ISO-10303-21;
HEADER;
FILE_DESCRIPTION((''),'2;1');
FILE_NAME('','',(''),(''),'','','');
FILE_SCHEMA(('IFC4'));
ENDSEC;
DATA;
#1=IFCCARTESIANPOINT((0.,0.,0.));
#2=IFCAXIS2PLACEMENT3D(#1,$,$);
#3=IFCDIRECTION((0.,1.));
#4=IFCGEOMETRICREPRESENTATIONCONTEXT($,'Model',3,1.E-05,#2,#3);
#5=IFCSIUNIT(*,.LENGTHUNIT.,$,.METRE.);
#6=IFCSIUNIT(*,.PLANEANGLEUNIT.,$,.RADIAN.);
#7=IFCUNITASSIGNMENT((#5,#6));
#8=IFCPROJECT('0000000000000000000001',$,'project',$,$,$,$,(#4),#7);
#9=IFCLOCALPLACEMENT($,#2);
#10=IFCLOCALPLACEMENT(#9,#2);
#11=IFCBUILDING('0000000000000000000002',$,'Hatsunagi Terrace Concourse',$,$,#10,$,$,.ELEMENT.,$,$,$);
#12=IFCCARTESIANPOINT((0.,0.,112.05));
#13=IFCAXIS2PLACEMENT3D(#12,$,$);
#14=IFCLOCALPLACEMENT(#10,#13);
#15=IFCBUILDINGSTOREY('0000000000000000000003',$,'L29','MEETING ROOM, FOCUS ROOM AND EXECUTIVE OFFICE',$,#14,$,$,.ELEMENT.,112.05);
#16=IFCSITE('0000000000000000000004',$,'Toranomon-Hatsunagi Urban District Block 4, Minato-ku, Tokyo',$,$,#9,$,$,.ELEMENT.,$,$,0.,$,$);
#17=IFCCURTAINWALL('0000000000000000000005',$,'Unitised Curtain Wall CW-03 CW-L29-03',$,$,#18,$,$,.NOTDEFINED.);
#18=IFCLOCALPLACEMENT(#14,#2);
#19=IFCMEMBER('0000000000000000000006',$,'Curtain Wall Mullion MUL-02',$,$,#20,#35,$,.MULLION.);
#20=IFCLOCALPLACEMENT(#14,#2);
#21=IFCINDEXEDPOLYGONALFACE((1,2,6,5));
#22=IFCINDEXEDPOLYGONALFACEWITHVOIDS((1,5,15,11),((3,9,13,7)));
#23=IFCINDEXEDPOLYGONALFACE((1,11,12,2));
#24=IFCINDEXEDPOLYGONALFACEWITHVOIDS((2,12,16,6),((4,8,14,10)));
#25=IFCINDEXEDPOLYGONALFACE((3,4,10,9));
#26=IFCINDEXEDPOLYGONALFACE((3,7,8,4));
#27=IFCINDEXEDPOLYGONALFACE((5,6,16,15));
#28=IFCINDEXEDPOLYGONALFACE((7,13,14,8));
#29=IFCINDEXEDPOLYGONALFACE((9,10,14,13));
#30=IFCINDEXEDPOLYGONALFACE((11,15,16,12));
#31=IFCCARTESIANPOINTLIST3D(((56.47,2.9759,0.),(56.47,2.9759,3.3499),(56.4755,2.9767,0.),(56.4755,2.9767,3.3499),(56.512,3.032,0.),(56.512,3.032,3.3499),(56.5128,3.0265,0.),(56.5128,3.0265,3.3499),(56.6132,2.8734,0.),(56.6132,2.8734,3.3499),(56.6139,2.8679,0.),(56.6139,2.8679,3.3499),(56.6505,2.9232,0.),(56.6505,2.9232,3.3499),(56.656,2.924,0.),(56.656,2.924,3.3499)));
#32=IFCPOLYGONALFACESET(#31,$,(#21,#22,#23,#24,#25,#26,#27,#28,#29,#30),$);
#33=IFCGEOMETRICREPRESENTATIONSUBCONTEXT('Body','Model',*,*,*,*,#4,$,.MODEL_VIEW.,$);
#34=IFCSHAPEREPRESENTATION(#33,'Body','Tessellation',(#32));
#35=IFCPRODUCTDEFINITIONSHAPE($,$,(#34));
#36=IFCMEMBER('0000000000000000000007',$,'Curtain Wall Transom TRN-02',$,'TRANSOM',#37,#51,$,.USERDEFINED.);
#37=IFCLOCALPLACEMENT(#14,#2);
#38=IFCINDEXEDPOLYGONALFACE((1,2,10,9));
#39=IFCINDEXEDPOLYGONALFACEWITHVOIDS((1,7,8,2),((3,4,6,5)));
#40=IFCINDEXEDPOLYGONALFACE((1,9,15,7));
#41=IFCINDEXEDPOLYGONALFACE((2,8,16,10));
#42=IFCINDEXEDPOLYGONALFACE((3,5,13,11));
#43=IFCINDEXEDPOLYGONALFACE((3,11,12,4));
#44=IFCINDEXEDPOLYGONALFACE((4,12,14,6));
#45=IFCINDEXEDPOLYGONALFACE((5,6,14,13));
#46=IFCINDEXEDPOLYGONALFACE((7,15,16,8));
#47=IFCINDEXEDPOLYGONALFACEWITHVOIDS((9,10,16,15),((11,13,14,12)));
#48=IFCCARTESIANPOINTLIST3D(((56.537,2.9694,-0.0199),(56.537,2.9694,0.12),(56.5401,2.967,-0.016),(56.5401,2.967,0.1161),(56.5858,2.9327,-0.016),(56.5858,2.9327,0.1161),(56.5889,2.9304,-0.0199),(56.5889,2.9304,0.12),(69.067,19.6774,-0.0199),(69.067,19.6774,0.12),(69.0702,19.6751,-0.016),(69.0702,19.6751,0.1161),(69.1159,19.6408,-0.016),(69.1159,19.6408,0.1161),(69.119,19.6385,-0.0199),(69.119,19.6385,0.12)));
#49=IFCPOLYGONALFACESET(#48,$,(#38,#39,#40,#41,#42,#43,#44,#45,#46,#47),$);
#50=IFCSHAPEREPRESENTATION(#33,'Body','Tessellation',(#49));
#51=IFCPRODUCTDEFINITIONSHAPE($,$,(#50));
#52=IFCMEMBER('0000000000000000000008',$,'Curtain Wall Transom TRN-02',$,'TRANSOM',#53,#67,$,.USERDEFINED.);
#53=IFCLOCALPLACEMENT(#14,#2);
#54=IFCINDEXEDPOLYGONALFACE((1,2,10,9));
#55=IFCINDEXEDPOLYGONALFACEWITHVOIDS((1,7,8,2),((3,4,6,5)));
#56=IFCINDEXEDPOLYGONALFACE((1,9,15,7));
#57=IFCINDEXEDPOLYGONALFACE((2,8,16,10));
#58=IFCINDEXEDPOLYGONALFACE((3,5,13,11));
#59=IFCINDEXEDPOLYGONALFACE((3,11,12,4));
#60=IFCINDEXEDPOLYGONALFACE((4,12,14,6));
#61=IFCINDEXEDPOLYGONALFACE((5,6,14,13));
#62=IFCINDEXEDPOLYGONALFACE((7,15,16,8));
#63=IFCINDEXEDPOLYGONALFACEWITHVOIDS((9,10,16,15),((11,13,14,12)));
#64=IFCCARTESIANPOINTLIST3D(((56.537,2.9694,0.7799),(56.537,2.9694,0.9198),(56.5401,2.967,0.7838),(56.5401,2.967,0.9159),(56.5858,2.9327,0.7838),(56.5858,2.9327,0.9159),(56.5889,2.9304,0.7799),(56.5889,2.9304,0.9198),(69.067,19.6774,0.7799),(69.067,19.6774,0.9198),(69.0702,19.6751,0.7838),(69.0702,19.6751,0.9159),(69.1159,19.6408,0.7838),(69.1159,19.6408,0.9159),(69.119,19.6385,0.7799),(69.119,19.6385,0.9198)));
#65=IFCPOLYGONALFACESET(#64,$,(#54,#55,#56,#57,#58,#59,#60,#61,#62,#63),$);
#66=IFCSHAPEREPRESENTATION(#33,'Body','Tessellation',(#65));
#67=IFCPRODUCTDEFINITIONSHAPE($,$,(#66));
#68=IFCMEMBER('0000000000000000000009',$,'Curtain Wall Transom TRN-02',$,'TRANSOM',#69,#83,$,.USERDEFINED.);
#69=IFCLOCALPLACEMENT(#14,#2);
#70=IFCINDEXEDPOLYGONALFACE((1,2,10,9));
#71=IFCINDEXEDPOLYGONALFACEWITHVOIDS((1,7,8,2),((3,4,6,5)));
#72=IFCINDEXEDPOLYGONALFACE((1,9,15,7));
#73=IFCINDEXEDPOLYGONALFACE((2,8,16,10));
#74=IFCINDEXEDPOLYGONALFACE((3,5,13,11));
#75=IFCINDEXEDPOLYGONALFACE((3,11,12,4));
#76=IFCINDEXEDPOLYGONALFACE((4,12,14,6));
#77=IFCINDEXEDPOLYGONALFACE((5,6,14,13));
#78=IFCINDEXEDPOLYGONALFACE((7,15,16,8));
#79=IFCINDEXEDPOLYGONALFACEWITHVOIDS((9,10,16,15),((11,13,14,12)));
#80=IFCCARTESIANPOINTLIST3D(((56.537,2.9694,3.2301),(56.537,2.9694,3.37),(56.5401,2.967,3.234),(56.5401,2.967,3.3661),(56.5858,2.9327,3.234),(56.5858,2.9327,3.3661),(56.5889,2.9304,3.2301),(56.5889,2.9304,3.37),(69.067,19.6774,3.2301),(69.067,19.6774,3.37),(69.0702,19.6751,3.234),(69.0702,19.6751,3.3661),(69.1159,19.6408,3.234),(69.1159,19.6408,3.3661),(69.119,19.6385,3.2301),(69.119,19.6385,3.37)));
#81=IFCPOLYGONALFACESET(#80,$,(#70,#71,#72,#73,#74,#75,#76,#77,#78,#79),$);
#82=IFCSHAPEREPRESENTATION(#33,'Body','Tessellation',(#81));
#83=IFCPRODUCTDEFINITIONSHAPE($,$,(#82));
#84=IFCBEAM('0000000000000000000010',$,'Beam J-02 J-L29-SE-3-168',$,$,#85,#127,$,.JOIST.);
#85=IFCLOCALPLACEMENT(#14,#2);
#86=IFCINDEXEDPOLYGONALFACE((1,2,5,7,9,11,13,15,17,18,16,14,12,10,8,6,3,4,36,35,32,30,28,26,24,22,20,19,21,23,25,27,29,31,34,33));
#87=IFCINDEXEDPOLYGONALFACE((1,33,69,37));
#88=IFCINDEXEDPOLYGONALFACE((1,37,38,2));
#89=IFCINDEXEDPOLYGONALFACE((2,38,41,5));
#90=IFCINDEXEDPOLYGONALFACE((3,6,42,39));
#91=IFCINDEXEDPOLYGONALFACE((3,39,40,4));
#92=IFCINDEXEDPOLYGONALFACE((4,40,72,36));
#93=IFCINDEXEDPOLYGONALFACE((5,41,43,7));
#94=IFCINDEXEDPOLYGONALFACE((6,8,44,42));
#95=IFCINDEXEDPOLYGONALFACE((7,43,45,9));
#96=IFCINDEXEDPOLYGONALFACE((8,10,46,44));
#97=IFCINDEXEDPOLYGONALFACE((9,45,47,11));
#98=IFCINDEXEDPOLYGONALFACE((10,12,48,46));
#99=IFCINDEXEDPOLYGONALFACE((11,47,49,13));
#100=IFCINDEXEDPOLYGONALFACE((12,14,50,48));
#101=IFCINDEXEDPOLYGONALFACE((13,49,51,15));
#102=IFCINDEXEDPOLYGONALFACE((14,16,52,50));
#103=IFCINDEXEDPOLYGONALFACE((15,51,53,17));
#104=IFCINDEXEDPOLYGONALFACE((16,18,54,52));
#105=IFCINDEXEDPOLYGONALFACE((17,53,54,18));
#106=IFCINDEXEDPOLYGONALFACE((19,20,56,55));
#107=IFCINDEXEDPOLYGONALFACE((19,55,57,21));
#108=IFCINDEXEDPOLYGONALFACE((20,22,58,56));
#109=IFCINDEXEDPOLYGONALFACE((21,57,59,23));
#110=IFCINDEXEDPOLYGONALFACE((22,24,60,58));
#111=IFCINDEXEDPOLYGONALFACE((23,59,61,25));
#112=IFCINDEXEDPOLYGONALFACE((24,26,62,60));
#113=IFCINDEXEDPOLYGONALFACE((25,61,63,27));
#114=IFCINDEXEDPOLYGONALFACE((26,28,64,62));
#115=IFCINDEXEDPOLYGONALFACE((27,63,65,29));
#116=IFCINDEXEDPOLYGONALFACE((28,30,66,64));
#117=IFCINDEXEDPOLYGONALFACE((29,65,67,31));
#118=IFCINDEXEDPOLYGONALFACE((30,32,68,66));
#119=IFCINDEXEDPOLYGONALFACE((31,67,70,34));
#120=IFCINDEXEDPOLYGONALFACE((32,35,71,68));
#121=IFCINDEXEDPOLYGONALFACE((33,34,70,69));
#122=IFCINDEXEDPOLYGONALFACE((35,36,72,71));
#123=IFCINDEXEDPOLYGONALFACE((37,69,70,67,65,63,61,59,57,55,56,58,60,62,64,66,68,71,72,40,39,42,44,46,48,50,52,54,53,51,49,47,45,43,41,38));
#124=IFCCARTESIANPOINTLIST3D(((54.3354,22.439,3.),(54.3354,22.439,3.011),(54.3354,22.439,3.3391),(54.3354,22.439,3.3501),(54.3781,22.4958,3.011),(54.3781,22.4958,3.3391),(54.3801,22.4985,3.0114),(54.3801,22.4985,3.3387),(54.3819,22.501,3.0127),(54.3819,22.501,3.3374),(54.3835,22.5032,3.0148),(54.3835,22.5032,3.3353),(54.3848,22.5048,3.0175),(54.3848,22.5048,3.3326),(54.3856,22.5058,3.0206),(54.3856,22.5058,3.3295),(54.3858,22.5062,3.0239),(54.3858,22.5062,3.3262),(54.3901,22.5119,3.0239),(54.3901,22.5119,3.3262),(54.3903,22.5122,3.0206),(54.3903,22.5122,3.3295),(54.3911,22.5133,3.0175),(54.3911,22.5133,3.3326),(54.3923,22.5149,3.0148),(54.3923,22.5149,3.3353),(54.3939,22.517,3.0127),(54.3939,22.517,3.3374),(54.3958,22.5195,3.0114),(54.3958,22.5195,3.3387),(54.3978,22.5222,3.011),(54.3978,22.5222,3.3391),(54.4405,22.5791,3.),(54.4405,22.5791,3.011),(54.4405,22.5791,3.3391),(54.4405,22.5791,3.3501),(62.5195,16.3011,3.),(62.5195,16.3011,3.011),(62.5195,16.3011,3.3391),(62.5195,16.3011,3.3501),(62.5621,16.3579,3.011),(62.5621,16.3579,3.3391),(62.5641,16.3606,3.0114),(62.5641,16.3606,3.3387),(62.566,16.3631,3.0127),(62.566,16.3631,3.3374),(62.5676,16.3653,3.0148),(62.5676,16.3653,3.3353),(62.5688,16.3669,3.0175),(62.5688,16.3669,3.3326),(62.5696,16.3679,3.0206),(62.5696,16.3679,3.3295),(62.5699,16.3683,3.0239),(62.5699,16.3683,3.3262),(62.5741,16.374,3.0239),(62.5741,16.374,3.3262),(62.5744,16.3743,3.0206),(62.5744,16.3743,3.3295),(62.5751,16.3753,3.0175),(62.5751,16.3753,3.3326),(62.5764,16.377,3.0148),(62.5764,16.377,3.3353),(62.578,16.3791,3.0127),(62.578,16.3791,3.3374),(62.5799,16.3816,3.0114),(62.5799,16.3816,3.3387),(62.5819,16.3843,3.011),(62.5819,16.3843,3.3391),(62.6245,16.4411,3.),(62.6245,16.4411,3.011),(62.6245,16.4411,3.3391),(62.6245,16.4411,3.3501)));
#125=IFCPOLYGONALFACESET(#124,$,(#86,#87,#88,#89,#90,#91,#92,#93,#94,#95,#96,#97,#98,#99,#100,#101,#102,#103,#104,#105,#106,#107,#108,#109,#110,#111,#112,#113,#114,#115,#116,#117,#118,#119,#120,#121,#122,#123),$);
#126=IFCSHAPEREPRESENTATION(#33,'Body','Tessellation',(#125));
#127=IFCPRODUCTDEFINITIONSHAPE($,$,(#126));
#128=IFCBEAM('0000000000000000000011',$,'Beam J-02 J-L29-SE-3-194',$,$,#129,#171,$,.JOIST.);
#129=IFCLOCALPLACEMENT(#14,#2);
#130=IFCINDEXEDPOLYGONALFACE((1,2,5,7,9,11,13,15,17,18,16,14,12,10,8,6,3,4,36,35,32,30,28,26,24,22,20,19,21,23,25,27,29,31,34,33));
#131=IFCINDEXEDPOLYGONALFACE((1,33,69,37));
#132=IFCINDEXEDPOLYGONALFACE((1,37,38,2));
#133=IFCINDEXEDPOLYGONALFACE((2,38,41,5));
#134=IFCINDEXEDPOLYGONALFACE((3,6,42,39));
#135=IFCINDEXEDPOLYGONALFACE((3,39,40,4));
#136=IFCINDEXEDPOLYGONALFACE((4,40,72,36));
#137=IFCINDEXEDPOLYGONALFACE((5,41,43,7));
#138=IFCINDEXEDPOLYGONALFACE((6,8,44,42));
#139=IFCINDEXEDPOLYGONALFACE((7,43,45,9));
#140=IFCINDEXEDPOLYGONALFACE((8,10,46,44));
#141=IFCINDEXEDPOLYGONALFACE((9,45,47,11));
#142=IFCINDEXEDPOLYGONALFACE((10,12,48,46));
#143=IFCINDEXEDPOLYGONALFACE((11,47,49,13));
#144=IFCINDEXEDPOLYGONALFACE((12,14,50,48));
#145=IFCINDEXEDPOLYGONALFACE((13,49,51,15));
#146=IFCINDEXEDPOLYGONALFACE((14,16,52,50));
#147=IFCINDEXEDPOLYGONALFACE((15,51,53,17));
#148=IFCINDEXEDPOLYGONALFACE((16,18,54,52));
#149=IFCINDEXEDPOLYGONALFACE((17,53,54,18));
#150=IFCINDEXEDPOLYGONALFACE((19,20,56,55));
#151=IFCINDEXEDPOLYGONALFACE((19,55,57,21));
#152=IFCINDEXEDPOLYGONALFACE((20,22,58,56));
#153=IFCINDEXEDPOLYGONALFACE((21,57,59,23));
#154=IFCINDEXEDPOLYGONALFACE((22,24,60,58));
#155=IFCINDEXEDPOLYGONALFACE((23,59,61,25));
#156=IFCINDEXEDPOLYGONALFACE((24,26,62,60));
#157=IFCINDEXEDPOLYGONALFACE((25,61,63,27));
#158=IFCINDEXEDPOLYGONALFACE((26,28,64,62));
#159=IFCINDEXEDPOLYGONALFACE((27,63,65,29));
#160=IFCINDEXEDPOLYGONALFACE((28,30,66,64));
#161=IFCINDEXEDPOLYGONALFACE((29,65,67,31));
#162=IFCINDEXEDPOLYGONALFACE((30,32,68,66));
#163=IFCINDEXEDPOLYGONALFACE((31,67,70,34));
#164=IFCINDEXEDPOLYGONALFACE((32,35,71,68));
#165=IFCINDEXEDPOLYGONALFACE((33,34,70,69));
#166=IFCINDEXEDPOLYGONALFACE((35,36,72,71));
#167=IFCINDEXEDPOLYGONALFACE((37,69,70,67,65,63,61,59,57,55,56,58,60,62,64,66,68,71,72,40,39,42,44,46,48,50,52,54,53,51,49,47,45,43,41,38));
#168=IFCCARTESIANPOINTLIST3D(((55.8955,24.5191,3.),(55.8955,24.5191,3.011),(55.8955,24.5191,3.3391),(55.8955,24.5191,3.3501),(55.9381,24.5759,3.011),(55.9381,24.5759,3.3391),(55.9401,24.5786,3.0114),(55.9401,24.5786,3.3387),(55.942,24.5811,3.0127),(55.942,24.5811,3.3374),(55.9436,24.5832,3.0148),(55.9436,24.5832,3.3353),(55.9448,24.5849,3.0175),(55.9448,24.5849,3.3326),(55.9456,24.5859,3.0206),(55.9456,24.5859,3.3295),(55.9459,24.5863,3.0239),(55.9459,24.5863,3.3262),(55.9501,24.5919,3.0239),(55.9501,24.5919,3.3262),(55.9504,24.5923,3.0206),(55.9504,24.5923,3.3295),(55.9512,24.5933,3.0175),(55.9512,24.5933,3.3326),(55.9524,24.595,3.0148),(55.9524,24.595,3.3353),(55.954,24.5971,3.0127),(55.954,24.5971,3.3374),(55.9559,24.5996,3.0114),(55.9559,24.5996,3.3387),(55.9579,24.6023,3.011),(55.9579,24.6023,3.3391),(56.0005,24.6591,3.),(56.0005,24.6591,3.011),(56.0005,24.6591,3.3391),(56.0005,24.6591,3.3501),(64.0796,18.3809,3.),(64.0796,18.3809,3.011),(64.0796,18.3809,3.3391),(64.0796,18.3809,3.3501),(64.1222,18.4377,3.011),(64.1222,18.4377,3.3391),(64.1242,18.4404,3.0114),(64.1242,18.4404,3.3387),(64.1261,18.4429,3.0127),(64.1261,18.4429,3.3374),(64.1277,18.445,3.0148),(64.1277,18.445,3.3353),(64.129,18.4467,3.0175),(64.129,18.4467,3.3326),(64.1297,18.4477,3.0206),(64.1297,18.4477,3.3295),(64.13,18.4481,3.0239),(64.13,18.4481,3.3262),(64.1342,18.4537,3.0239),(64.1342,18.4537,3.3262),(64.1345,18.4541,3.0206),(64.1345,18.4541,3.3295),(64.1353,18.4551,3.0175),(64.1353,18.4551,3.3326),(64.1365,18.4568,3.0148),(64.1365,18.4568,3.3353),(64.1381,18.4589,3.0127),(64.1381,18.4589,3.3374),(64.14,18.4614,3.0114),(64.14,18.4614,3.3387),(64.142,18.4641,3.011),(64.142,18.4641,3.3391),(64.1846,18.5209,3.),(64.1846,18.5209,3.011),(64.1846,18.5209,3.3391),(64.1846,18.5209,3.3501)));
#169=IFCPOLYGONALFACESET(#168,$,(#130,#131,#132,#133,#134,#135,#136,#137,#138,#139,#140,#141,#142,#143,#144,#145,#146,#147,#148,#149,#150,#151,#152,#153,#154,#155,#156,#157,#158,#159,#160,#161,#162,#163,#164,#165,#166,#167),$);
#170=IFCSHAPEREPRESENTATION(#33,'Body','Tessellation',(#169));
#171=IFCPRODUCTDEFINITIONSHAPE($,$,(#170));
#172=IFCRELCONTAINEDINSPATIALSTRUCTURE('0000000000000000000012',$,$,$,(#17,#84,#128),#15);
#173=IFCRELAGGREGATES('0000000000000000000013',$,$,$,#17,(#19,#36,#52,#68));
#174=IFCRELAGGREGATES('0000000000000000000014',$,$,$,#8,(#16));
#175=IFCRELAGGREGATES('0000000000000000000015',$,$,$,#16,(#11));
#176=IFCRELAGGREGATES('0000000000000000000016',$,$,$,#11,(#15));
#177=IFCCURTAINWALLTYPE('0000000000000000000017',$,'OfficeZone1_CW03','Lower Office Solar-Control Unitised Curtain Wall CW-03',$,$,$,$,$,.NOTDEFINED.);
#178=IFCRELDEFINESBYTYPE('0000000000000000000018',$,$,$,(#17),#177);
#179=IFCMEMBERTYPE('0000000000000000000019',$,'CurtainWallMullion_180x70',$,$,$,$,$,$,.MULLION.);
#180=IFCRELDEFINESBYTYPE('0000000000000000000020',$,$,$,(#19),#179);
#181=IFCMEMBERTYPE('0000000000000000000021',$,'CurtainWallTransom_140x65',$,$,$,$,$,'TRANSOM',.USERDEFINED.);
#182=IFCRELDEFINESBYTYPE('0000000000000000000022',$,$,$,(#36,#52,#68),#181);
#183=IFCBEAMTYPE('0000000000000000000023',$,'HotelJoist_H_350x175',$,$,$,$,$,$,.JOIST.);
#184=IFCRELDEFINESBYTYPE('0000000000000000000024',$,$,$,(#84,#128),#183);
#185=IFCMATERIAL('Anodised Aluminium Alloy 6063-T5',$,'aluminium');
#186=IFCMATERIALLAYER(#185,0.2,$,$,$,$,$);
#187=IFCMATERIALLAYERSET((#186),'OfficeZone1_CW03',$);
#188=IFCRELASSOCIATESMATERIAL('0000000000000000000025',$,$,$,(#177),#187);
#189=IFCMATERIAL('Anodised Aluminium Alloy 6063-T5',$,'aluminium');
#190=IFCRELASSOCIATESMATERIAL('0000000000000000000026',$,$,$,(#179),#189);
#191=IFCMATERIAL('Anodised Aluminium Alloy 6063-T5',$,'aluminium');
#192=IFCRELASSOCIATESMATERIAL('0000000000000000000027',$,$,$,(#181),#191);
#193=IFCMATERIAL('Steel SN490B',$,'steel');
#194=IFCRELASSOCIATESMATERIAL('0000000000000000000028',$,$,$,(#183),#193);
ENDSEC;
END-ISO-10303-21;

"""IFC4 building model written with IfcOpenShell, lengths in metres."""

from ifc_helpers import new_model, si_unit, direction, frame, origin, origin_2d, place, context, subcontext, project, spatial, hollow_rectangle, i_section, extrude, material, layer, layer_set, material_profile, profile_set, type_object, element, aggregate, save


model = new_model("IFC4")

# Units and contexts
model_context = context("Model", 3, precision=1e-05, world=origin(), true_north=direction((0.0, 1.0)))
body_context = subcontext(model_context, "Body", "Model", "MODEL_VIEW")
ifc_project = project(units=[si_unit("LENGTHUNIT", "METRE"), si_unit("PLANEANGLEUNIT", "RADIAN")], contexts=[model_context])

# Site, building, storey
site_placement = place(None, origin())
site = spatial("IfcSite", under=ifc_project, at=site_placement, Name="Toranomon-Hatsunagi Urban District Block 4, Minato-ku, Tokyo", CompositionType="ELEMENT", RefElevation=0.0)
building_placement = place(site_placement, origin())
building = spatial("IfcBuilding", under=site, at=building_placement, Name="Hatsunagi Terrace Concourse", CompositionType="ELEMENT")
storey_placement = place(building_placement, frame((0.0, 0.0, 112.05)))
storey = spatial("IfcBuildingStorey", under=building, at=storey_placement, Name="L29", Description="MEETING ROOM, FOCUS ROOM AND EXECUTIVE OFFICE", CompositionType="ELEMENT", Elevation=112.05)

# Curtain wall, members
ifc_material_1 = material(Name="Anodised Aluminium Alloy 6063-T5", Category="aluminium")
ifc_layer_1 = layer(ifc_material_1, 0.2)
ifc_layer_set_1 = layer_set([ifc_layer_1], Name="OfficeZone1_CW03")
curtain_wall_type = type_object("IfcCurtainWallType", Name="OfficeZone1_CW03", Description="Lower Office Solar-Control Unitised Curtain Wall CW-03", PredefinedType="NOTDEFINED", material=ifc_layer_set_1)
curtain_wall_placement = place(storey_placement, origin())
curtain_wall = element("IfcCurtainWall", 1, at=curtain_wall_placement, inside=storey, type_object=curtain_wall_type, Name="Unitised Curtain Wall CW-03 CW-L29-03", PredefinedType="NOTDEFINED")
ifc_material_2 = material(Name="Anodised Aluminium Alloy 6063-T5", Category="aluminium")
ifc_material_profile_1 = material_profile(ifc_material_2, hollow_rectangle(XDim=0.0701, YDim=0.1799, WallThickness=0.0039, at=origin_2d()), Name="ALU-MUL-180x70x4")
ifc_profile_set_1 = profile_set([ifc_material_profile_1], Name="Anodised Aluminium Alloy 6063-T5")
member_type_1 = type_object("IfcMemberType", Name="CurtainWallMullion_180x70", PredefinedType="MULLION", material=ifc_profile_set_1)
member_1_placement = place(storey_placement, frame((56.563, 2.95, 0.0), z_axis=(0.0, 0.0, 1.0), x_axis=(-0.599969, -0.800023, 0.0)))
member_1 = element("IfcMember", 2, at=member_1_placement, type_object=member_type_1, Name="Curtain Wall Mullion MUL-02", PredefinedType="MULLION", context=body_context, shape_type="SweptSolid", body=[
    extrude(hollow_rectangle(XDim=0.0701, YDim=0.1799, WallThickness=0.0039, at=origin_2d()), origin(), (0.0, 0.0, 1.0), 3.3499),
])
ifc_material_3 = material(Name="Anodised Aluminium Alloy 6063-T5", Category="aluminium")
ifc_material_profile_2 = material_profile(ifc_material_3, hollow_rectangle(XDim=0.0649, YDim=0.1399, WallThickness=0.0039, at=origin_2d()), Name="ALU-TRN-140x65x4")
ifc_profile_set_2 = profile_set([ifc_material_profile_2], Name="Anodised Aluminium Alloy 6063-T5")
member_type_2 = type_object("IfcMemberType", Name="CurtainWallTransom_140x65", ElementType="TRANSOM", PredefinedType="USERDEFINED", material=ifc_profile_set_2)
member_2_placement = place(storey_placement, frame((69.093, 19.658, 0.05), z_axis=(-0.59997, -0.800022, 0.0), x_axis=(0.800022, -0.59997, 0.0)))
member_2 = element("IfcMember", 3, at=member_2_placement, type_object=member_type_2, Name="Curtain Wall Transom TRN-02", ObjectType="TRANSOM", PredefinedType="USERDEFINED", context=body_context, shape_type="SweptSolid", body=[
    extrude(hollow_rectangle(XDim=0.0649, YDim=0.1399, WallThickness=0.0039, at=origin_2d()), origin(), (0.0, 0.0, 1.0), 20.8845),
])
member_3_placement = place(storey_placement, frame((69.093, 19.658, 0.8499), z_axis=(-0.59997, -0.800022, 0.0), x_axis=(0.800022, -0.59997, 0.0)))
member_3 = element("IfcMember", 4, at=member_3_placement, type_object=member_type_2, Name="Curtain Wall Transom TRN-02", ObjectType="TRANSOM", PredefinedType="USERDEFINED", context=body_context, shape_type="SweptSolid", body=[
    extrude(hollow_rectangle(XDim=0.0649, YDim=0.1399, WallThickness=0.0039, at=origin_2d()), origin(), (0.0, 0.0, 1.0), 20.8845),
])
member_4_placement = place(storey_placement, frame((69.093, 19.658, 3.3), z_axis=(-0.59997, -0.800022, 0.0), x_axis=(0.800022, -0.59997, 0.0)))
member_4 = element("IfcMember", 5, at=member_4_placement, type_object=member_type_2, Name="Curtain Wall Transom TRN-02", ObjectType="TRANSOM", PredefinedType="USERDEFINED", context=body_context, shape_type="SweptSolid", body=[
    extrude(hollow_rectangle(XDim=0.0649, YDim=0.1399, WallThickness=0.0039, at=origin_2d()), origin(), (0.0, 0.0, 1.0), 20.8845),
])

# Beams
ifc_material_4 = material(Name="Steel SN490B", Category="steel")
ifc_material_profile_3 = material_profile(ifc_material_4, i_section(OverallWidth=0.175, OverallDepth=0.3501, WebThickness=0.0071, FlangeThickness=0.011, FilletRadius=0.0129, at=origin_2d()), Name="H-350x175x7x11")
ifc_profile_set_3 = profile_set([ifc_material_profile_3], Name="Steel SN490B")
beam_type_1 = type_object("IfcBeamType", Name="HotelJoist_H_350x175", PredefinedType="JOIST", material=ifc_profile_set_3)
beam_1_placement = place(storey_placement, frame((54.3879, 22.509, 3.175), z_axis=(0.800006, -0.599992, 0.0), x_axis=(0.599992, 0.800006, 0.0)))
element("IfcBeam", 6, at=beam_1_placement, inside=storey, type_object=beam_type_1, Name="Beam J-02 J-L29-SE-3-168", PredefinedType="JOIST", context=body_context, shape_type="SweptSolid", body=[
    extrude(i_section(OverallWidth=0.175, OverallDepth=0.3501, WebThickness=0.0071, FlangeThickness=0.011, FilletRadius=0.0129, at=origin_2d()), origin(), (0.0, 0.0, 1.0), 10.23),
])
beam_2_placement = place(storey_placement, frame((55.948, 24.5891, 3.175), z_axis=(0.799994, -0.600008, 0.0), x_axis=(0.600008, 0.799994, 0.0)))
element("IfcBeam", 7, at=beam_2_placement, inside=storey, type_object=beam_type_1, Name="Beam J-02 J-L29-SE-3-194", PredefinedType="JOIST", context=body_context, shape_type="SweptSolid", body=[
    extrude(i_section(OverallWidth=0.175, OverallDepth=0.3501, WebThickness=0.0071, FlangeThickness=0.011, FilletRadius=0.0129, at=origin_2d()), origin(), (0.0, 0.0, 1.0), 10.2302),
])

aggregate(curtain_wall, [member_1, member_2, member_3, member_4])

save(model, "model.ifc")
